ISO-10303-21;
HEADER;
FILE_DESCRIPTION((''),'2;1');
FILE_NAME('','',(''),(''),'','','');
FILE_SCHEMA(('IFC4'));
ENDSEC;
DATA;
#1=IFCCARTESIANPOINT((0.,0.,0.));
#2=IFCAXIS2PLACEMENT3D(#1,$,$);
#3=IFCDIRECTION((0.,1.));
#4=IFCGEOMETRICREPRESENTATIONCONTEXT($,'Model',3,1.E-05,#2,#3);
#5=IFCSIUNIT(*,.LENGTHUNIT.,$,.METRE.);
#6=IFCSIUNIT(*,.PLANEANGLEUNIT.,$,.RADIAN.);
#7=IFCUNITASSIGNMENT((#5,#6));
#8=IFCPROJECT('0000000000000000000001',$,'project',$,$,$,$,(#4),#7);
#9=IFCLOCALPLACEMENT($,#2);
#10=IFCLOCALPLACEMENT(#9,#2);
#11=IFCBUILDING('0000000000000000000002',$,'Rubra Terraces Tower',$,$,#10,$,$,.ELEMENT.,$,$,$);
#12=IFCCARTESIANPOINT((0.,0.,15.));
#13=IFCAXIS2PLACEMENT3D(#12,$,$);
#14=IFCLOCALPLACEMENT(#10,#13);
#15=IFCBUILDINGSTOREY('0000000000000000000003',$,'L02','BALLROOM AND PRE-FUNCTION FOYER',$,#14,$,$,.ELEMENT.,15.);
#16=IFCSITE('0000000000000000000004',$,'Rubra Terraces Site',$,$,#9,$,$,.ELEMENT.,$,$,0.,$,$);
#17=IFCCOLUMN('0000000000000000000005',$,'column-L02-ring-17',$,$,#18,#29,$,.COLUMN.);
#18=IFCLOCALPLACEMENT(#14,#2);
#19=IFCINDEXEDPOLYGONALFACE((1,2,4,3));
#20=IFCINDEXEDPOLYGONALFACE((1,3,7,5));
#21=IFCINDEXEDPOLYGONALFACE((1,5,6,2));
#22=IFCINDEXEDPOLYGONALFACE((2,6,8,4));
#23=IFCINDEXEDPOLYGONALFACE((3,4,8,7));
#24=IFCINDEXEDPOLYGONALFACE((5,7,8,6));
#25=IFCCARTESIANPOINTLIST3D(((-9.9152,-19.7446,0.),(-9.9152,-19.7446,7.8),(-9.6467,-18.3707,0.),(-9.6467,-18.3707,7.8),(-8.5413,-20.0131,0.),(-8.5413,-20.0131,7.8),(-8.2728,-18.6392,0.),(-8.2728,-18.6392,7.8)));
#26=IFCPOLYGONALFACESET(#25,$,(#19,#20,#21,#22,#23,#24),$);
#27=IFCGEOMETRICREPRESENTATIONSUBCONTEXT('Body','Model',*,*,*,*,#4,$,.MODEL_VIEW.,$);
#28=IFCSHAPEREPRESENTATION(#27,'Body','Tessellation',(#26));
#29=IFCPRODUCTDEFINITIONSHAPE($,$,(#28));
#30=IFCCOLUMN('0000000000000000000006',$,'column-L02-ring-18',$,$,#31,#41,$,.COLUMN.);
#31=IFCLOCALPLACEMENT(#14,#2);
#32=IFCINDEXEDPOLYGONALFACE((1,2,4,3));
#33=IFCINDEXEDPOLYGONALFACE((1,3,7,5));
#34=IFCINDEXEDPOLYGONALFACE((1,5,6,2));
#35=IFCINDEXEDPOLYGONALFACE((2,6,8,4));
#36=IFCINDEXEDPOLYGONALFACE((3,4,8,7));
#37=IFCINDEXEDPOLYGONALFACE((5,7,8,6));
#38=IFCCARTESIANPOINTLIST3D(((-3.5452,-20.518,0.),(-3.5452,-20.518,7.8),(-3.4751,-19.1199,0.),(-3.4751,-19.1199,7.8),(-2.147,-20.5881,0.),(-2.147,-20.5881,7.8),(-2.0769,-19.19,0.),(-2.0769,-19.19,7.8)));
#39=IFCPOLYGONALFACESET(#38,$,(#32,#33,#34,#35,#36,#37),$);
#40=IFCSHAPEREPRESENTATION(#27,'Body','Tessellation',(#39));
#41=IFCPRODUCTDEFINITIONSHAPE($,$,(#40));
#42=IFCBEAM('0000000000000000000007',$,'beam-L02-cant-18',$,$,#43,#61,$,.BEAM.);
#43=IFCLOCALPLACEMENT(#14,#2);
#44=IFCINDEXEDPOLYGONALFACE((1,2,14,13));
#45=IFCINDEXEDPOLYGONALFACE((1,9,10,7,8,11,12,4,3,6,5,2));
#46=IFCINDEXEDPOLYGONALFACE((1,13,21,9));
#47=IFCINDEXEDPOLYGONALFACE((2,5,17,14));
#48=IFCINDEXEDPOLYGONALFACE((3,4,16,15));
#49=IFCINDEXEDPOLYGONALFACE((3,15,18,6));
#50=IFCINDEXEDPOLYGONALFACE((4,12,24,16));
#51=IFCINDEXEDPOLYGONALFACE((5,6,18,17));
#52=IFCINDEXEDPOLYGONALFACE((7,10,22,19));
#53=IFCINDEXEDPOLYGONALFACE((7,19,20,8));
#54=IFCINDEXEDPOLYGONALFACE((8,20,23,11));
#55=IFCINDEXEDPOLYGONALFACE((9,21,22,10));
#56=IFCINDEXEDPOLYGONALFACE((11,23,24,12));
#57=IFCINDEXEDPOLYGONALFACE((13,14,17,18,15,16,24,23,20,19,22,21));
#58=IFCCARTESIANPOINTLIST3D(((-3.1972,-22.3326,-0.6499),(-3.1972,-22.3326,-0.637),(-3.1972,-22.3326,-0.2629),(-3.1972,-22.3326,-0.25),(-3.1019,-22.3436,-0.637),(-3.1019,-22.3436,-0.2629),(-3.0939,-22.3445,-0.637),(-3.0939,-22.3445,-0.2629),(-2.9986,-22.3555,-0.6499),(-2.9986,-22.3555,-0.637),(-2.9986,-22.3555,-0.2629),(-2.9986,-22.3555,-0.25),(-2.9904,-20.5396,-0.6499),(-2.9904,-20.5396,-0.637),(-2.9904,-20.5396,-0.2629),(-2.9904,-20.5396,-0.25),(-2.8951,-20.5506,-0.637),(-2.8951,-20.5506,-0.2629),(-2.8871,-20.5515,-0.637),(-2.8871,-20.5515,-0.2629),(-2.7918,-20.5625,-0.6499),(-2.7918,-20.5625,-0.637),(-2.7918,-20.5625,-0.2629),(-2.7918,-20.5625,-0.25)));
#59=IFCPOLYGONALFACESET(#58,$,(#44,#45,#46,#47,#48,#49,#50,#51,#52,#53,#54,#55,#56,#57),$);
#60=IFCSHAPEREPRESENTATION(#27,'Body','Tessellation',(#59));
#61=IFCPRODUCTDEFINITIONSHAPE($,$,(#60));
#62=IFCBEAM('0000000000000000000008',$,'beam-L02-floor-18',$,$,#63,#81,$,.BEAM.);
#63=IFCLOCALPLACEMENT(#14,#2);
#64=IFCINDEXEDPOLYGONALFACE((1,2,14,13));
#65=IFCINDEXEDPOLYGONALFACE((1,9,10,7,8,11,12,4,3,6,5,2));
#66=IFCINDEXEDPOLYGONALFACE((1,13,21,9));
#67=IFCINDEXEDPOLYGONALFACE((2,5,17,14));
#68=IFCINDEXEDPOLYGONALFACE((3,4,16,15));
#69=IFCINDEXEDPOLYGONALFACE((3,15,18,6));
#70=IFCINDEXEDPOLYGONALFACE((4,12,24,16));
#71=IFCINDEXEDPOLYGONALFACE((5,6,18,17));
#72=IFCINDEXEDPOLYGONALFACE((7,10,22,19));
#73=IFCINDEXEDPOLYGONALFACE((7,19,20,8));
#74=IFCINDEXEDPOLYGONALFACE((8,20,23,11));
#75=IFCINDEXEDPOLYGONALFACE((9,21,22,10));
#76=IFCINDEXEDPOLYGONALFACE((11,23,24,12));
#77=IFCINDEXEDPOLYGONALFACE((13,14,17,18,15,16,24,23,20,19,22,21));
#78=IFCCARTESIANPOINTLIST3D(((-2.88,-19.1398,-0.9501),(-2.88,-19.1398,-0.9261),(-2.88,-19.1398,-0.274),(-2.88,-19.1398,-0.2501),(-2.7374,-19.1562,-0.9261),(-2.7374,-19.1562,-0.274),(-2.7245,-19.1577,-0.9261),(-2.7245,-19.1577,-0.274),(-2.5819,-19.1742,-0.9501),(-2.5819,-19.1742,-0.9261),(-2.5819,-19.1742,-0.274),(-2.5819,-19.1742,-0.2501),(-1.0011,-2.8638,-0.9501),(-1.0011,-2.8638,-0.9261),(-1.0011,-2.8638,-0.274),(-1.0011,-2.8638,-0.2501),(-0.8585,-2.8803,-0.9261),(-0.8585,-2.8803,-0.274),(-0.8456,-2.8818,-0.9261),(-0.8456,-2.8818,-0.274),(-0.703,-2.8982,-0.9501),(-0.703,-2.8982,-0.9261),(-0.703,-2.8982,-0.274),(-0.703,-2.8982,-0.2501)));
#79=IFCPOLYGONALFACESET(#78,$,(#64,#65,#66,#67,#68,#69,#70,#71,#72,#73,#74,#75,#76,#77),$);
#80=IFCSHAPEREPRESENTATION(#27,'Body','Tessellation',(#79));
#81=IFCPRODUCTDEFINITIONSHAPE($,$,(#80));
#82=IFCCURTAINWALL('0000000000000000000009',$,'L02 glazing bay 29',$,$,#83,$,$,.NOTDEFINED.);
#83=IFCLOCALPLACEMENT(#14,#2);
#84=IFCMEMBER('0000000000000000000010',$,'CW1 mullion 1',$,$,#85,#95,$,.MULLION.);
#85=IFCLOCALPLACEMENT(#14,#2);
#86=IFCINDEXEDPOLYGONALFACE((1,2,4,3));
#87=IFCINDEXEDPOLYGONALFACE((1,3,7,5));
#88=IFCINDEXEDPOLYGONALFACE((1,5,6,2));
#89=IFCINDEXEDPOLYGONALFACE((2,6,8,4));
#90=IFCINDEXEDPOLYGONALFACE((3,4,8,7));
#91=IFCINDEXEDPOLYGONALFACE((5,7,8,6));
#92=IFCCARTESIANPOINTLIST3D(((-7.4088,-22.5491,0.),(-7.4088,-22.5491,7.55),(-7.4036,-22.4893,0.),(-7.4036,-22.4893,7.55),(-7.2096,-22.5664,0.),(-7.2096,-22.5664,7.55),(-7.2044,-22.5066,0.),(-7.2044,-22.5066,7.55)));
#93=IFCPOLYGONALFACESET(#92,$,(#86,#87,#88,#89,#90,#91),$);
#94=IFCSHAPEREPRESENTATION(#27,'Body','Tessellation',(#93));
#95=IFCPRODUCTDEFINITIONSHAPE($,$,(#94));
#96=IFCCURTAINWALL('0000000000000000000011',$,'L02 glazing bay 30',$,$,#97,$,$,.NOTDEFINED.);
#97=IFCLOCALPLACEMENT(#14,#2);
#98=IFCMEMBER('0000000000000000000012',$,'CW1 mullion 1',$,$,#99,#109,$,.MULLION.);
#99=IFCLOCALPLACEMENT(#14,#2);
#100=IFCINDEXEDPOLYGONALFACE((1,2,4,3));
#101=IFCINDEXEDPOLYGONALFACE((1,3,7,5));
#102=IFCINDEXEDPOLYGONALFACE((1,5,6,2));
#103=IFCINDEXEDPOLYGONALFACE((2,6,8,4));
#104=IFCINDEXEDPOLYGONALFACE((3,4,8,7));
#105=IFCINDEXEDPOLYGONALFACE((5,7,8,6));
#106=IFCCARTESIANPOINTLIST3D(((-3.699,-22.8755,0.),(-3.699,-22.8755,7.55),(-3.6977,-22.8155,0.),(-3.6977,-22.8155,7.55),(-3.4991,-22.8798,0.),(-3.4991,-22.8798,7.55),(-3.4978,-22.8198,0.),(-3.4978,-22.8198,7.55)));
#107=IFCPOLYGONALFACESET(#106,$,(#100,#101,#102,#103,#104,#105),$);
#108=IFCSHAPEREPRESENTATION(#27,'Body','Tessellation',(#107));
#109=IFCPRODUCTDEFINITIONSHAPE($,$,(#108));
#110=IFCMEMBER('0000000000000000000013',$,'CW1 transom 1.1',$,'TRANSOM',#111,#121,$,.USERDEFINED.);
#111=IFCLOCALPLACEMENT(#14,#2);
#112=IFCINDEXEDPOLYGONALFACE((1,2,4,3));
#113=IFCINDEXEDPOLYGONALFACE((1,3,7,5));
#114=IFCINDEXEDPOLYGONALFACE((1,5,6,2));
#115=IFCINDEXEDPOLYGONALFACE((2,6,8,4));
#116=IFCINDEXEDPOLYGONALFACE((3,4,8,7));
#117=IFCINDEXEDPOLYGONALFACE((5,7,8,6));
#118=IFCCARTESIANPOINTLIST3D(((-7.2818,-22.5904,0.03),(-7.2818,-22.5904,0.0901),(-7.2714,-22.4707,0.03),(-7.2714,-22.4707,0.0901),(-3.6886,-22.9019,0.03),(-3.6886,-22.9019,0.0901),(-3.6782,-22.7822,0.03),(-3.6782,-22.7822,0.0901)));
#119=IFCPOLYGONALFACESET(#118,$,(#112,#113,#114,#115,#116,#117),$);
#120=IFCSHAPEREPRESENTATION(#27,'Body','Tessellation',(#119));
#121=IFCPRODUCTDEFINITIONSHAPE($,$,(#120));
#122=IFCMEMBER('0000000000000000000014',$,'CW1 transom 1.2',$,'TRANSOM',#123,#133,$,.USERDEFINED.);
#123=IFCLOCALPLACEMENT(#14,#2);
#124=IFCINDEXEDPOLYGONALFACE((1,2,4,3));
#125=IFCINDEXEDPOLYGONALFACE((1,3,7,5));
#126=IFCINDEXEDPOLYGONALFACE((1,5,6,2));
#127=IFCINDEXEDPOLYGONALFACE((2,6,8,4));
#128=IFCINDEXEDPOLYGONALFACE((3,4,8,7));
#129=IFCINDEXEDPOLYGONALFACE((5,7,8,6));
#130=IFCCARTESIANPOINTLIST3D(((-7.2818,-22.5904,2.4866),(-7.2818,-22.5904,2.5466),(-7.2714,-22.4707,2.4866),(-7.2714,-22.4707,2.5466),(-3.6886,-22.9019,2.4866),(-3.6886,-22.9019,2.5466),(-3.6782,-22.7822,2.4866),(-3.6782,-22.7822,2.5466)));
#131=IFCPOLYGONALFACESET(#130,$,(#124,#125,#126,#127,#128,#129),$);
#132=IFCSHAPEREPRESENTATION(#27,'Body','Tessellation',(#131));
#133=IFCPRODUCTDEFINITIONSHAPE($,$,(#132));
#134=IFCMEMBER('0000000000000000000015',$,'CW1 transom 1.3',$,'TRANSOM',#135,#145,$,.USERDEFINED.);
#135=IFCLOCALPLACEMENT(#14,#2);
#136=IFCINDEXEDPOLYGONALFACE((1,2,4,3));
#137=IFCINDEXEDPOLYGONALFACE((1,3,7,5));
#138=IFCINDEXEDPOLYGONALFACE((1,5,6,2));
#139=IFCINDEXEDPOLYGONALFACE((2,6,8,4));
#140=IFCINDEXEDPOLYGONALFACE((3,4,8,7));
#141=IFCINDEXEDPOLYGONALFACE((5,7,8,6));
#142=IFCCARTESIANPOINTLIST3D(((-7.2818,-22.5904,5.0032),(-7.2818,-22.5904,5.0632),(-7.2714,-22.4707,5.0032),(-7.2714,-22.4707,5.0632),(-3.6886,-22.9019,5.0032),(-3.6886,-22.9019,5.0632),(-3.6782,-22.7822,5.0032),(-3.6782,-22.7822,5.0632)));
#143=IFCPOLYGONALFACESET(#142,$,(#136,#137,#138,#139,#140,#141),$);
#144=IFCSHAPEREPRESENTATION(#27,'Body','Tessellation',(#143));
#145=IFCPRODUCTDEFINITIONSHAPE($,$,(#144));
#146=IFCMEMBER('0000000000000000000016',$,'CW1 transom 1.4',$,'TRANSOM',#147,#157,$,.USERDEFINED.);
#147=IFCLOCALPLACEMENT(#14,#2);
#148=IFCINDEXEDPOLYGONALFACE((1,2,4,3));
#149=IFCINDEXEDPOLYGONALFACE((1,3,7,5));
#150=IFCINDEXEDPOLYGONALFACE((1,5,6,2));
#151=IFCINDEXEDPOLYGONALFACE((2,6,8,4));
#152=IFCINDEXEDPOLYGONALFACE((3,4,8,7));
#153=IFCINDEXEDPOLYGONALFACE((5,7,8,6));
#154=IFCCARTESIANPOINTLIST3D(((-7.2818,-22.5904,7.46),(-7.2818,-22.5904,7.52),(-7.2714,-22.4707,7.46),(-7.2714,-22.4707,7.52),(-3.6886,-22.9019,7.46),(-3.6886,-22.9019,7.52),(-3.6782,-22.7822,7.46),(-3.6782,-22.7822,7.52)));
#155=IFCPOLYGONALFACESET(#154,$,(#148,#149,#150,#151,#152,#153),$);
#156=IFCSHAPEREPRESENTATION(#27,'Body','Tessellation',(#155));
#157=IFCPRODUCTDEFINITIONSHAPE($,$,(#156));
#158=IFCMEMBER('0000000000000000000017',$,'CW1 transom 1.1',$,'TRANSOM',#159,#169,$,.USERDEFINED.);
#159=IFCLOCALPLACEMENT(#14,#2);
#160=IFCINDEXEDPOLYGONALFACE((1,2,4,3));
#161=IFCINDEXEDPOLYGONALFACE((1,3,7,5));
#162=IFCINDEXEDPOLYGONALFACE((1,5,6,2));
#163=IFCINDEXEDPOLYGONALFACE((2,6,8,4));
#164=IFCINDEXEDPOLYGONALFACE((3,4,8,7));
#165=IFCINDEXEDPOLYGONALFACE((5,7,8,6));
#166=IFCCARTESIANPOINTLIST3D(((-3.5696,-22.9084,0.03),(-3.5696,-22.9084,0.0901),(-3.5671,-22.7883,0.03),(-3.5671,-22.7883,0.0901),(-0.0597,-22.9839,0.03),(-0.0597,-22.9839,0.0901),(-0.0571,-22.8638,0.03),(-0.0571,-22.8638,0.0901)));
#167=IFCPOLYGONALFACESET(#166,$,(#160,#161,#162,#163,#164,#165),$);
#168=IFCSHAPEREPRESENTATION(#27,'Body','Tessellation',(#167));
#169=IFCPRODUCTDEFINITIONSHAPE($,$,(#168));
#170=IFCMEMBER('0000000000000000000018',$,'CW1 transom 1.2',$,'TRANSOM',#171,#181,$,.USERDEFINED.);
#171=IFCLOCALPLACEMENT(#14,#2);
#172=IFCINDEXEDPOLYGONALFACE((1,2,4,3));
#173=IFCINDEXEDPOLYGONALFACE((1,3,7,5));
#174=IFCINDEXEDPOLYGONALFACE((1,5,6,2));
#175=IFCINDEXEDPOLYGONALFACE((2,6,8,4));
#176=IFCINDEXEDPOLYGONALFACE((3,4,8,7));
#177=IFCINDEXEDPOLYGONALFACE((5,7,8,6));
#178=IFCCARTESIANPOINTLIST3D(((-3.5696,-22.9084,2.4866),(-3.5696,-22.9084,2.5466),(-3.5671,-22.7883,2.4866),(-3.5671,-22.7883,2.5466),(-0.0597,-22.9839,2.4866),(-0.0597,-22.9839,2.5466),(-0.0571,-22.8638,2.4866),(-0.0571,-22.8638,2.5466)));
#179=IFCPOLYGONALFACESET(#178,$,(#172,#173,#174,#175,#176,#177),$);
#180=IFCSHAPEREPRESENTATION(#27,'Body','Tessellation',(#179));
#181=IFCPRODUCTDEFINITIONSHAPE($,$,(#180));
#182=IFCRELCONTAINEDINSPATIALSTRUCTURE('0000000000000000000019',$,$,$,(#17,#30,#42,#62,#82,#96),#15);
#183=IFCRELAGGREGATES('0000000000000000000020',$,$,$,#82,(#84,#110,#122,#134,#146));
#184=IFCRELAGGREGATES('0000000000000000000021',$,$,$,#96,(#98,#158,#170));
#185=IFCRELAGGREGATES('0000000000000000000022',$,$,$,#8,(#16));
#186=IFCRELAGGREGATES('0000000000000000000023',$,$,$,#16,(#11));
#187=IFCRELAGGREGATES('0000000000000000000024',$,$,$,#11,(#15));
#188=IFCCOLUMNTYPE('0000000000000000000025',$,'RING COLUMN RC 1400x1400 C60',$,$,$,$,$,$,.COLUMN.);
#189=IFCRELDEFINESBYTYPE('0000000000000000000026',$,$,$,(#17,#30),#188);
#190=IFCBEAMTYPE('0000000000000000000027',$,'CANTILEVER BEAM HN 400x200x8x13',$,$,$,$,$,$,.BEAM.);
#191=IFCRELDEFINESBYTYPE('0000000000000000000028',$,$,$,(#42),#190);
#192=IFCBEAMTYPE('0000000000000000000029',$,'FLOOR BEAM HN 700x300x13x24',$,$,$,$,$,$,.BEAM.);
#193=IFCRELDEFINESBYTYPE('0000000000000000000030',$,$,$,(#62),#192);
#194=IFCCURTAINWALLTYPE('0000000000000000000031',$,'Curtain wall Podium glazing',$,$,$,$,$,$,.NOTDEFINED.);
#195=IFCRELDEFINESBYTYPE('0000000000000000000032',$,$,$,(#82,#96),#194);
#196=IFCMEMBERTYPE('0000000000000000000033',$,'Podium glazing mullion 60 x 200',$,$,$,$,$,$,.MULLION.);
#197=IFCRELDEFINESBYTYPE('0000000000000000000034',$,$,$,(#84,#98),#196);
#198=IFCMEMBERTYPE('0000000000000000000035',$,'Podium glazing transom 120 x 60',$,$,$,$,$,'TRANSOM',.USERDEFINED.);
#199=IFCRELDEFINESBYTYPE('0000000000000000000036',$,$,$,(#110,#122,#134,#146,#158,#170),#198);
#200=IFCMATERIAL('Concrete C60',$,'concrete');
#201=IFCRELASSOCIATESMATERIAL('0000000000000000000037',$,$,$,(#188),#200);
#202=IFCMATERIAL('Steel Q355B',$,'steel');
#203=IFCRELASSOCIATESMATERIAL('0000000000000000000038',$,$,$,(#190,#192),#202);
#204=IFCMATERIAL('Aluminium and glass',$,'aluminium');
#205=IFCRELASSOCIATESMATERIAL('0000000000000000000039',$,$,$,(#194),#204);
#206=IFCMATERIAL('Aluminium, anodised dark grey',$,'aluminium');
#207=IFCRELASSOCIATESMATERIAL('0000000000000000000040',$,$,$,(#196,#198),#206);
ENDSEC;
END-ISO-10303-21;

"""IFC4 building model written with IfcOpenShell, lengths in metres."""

from ifc_helpers import new_model, si_unit, direction, frame, origin, origin_2d, place, context, subcontext, project, spatial, rectangle, i_section, extrude, material, material_profile, profile_set, type_object, element, aggregate, save


model = new_model("IFC4")

# Units and contexts
model_context = context("Model", 3, precision=1e-05, world=origin(), true_north=direction((0.0, 1.0)))
body_context = subcontext(model_context, "Body", "Model", "MODEL_VIEW")
ifc_project = project(units=[si_unit("LENGTHUNIT", "METRE"), si_unit("PLANEANGLEUNIT", "RADIAN")], contexts=[model_context])

# Site, building, storey
site_placement = place(None, origin())
site = spatial("IfcSite", under=ifc_project, at=site_placement, Name="Rubra Terraces Site", CompositionType="ELEMENT", RefElevation=0.0)
building_placement = place(site_placement, origin())
building = spatial("IfcBuilding", under=site, at=building_placement, Name="Rubra Terraces Tower", CompositionType="ELEMENT")
storey_placement = place(building_placement, frame((0.0, 0.0, 15.0)))
storey = spatial("IfcBuildingStorey", under=building, at=storey_placement, Name="L02", Description="BALLROOM AND PRE-FUNCTION FOYER", CompositionType="ELEMENT", Elevation=15.0)

# Columns
ifc_material_1 = material(Name="Concrete C60", Category="concrete")
ifc_material_profile_1 = material_profile(ifc_material_1, rectangle(XDim=1.3999, YDim=1.3999, at=origin_2d()), Name="RC 1400x1400")
ifc_profile_set_1 = profile_set([ifc_material_profile_1], Name="Concrete C60")
column_type = type_object("IfcColumnType", Name="RING COLUMN RC 1400x1400 C60", PredefinedType="COLUMN", material=ifc_profile_set_1)
for number, where, z_axis, x_axis, name in (
    (1, (-9.094, -19.1919, 0.0), (0.0, 0.0, 1.0), (0.98143, -0.191819, 0.0), "column-L02-ring-17"),
    (2, (-2.811, -19.854, 0.0), (0.0, 0.0, 1.0), (0.998745, -0.050084, 0.0), "column-L02-ring-18"),
):
    element("IfcColumn", number, at=place(storey_placement, frame(where, z_axis=z_axis, x_axis=x_axis)), inside=storey, type_object=column_type, Name=name, PredefinedType="COLUMN", context=body_context, shape_type="SweptSolid", body=[
        extrude(rectangle(XDim=1.3999, YDim=1.3999, at=origin_2d()), origin(), (0.0, 0.0, 1.0), 7.8),
    ])

# Beams
ifc_material_2 = material(Name="Steel Q355B", Category="steel")
ifc_material_profile_2 = material_profile(ifc_material_2, i_section(OverallWidth=0.2, OverallDepth=0.3999, WebThickness=0.0081, FlangeThickness=0.0129, at=origin_2d()), Name="HN 400x200x8x13")
ifc_profile_set_2 = profile_set([ifc_material_profile_2], Name="Steel Q355B")
beam_type_1 = type_object("IfcBeamType", Name="CANTILEVER BEAM HN 400x200x8x13", PredefinedType="BEAM", material=ifc_profile_set_2)
beam_1_placement = place(storey_placement, frame((-2.8911, -20.551, -0.45), z_axis=(-0.114573, -0.993415, 0.0), x_axis=(0.993415, -0.114573, 0.0)))
element("IfcBeam", 3, at=beam_1_placement, inside=storey, type_object=beam_type_1, Name="beam-L02-cant-18", PredefinedType="BEAM", context=body_context, shape_type="SweptSolid", body=[
    extrude(i_section(OverallWidth=0.2, OverallDepth=0.3999, WebThickness=0.0081, FlangeThickness=0.0129, at=origin_2d()), origin(), (0.0, 0.0, 1.0), 1.8049),
])
ifc_material_profile_3 = material_profile(ifc_material_2, i_section(OverallWidth=0.3, OverallDepth=0.7, WebThickness=0.0129, FlangeThickness=0.0239, at=origin_2d()), Name="HN 700x300x13x24")
ifc_profile_set_3 = profile_set([ifc_material_profile_3], Name="Steel Q355B")
beam_type_2 = type_object("IfcBeamType", Name="FLOOR BEAM HN 700x300x13x24", PredefinedType="BEAM", material=ifc_profile_set_3)
beam_2_placement = place(storey_placement, frame((-2.731, -19.157, -0.6001), z_axis=(0.11468, 0.993403, 0.0), x_axis=(-0.993403, 0.11468, 0.0)))
element("IfcBeam", 4, at=beam_2_placement, inside=storey, type_object=beam_type_2, Name="beam-L02-floor-18", PredefinedType="BEAM", context=body_context, shape_type="SweptSolid", body=[
    extrude(i_section(OverallWidth=0.3, OverallDepth=0.7, WebThickness=0.0129, FlangeThickness=0.0239, at=origin_2d()), origin(), (0.0, 0.0, 1.0), 16.384),
])

# Curtain walls, members
ifc_material_3 = material(Name="Aluminium and glass", Category="aluminium")
curtain_wall_type = type_object("IfcCurtainWallType", Name="Curtain wall Podium glazing", PredefinedType="NOTDEFINED", material=ifc_material_3)
curtain_wall_1_placement = place(storey_placement, origin())
curtain_wall_1 = element("IfcCurtainWall", 5, at=curtain_wall_1_placement, inside=storey, type_object=curtain_wall_type, Name="L02 glazing bay 29", PredefinedType="NOTDEFINED")
ifc_material_4 = material(Name="Aluminium, anodised dark grey", Category="aluminium")
ifc_material_profile_4 = material_profile(ifc_material_4, rectangle(XDim=0.0601, YDim=0.2, at=origin_2d()), Name="AL 60x200")
ifc_profile_set_4 = profile_set([ifc_material_profile_4], Name="Aluminium, anodised dark grey")
member_type_1 = type_object("IfcMemberType", Name="Podium glazing mullion 60 x 200", PredefinedType="MULLION", material=ifc_profile_set_4)
member_1_placement = place(storey_placement, frame((-7.3066, -22.5278, 0.0), z_axis=(0.0, 0.0, 1.0), x_axis=(0.086398, 0.996261, 0.0)))
member_1 = element("IfcMember", 6, at=member_1_placement, type_object=member_type_1, Name="CW1 mullion 1", PredefinedType="MULLION", context=body_context, shape_type="SweptSolid", body=[
    extrude(rectangle(XDim=0.0601, YDim=0.2, at=origin_2d()), origin(), (0.0, 0.0, 1.0), 7.55),
])
curtain_wall_2_placement = place(storey_placement, origin())
curtain_wall_2 = element("IfcCurtainWall", 7, at=curtain_wall_2_placement, inside=storey, type_object=curtain_wall_type, Name="L02 glazing bay 30", PredefinedType="NOTDEFINED")
member_2_placement = place(storey_placement, frame((-3.5984, -22.8477, 0.0), z_axis=(0.0, 0.0, 1.0), x_axis=(0.021483, 0.999769, 0.0)))
member_2 = element("IfcMember", 8, at=member_2_placement, type_object=member_type_1, Name="CW1 mullion 1", PredefinedType="MULLION", context=body_context, shape_type="SweptSolid", body=[
    extrude(rectangle(XDim=0.0601, YDim=0.2, at=origin_2d()), origin(), (0.0, 0.0, 1.0), 7.55),
])

# Members
ifc_material_profile_5 = material_profile(ifc_material_4, rectangle(XDim=0.1201, YDim=0.0601, at=origin_2d()), Name="AL 120x60")
ifc_profile_set_5 = profile_set([ifc_material_profile_5], Name="Aluminium, anodised dark grey")
member_type_2 = type_object("IfcMemberType", Name="Podium glazing transom 120 x 60", ElementType="TRANSOM", PredefinedType="USERDEFINED", material=ifc_profile_set_5)
member_3_placement = place(storey_placement, frame((-7.2766, -22.5305, 0.0601), z_axis=(0.996263, -0.086373, 0.0), x_axis=(0.086373, 0.996263, 0.0)))
member_3 = element("IfcMember", 9, at=member_3_placement, type_object=member_type_2, Name="CW1 transom 1.1", ObjectType="TRANSOM", PredefinedType="USERDEFINED", context=body_context, shape_type="SweptSolid", body=[
    extrude(rectangle(XDim=0.1201, YDim=0.0601, at=origin_2d()), origin(), (0.0, 0.0, 1.0), 3.6067),
])
member_4_placement = place(storey_placement, frame((-7.2766, -22.5305, 2.5166), z_axis=(0.996263, -0.086373, 0.0), x_axis=(0.086373, 0.996263, 0.0)))
member_4 = element("IfcMember", 10, at=member_4_placement, type_object=member_type_2, Name="CW1 transom 1.2", ObjectType="TRANSOM", PredefinedType="USERDEFINED", context=body_context, shape_type="SweptSolid", body=[
    extrude(rectangle(XDim=0.1201, YDim=0.0601, at=origin_2d()), origin(), (0.0, 0.0, 1.0), 3.6067),
])
member_5_placement = place(storey_placement, frame((-7.2766, -22.5305, 5.0332), z_axis=(0.996263, -0.086373, 0.0), x_axis=(0.086373, 0.996263, 0.0)))
member_5 = element("IfcMember", 11, at=member_5_placement, type_object=member_type_2, Name="CW1 transom 1.3", ObjectType="TRANSOM", PredefinedType="USERDEFINED", context=body_context, shape_type="SweptSolid", body=[
    extrude(rectangle(XDim=0.1201, YDim=0.0601, at=origin_2d()), origin(), (0.0, 0.0, 1.0), 3.6067),
])
member_6_placement = place(storey_placement, frame((-7.2766, -22.5305, 7.49), z_axis=(0.996263, -0.086373, 0.0), x_axis=(0.086373, 0.996263, 0.0)))
member_6 = element("IfcMember", 12, at=member_6_placement, type_object=member_type_2, Name="CW1 transom 1.4", ObjectType="TRANSOM", PredefinedType="USERDEFINED", context=body_context, shape_type="SweptSolid", body=[
    extrude(rectangle(XDim=0.1201, YDim=0.0601, at=origin_2d()), origin(), (0.0, 0.0, 1.0), 3.6067),
])
member_7_placement = place(storey_placement, frame((-3.5684, -22.8484, 0.0601), z_axis=(0.999769, -0.021488, 0.0), x_axis=(0.021488, 0.999769, 0.0)))
member_7 = element("IfcMember", 13, at=member_7_placement, type_object=member_type_2, Name="CW1 transom 1.1", ObjectType="TRANSOM", PredefinedType="USERDEFINED", context=body_context, shape_type="SweptSolid", body=[
    extrude(rectangle(XDim=0.1201, YDim=0.0601, at=origin_2d()), origin(), (0.0, 0.0, 1.0), 3.5107),
])
member_8_placement = place(storey_placement, frame((-3.5684, -22.8484, 2.5166), z_axis=(0.999769, -0.021488, 0.0), x_axis=(0.021488, 0.999769, 0.0)))
member_8 = element("IfcMember", 14, at=member_8_placement, type_object=member_type_2, Name="CW1 transom 1.2", ObjectType="TRANSOM", PredefinedType="USERDEFINED", context=body_context, shape_type="SweptSolid", body=[
    extrude(rectangle(XDim=0.1201, YDim=0.0601, at=origin_2d()), origin(), (0.0, 0.0, 1.0), 3.5107),
])

aggregate(curtain_wall_1, [member_1, member_3, member_4, member_5, member_6])
aggregate(curtain_wall_2, [member_2, member_7, member_8])

save(model, "model.ifc")
